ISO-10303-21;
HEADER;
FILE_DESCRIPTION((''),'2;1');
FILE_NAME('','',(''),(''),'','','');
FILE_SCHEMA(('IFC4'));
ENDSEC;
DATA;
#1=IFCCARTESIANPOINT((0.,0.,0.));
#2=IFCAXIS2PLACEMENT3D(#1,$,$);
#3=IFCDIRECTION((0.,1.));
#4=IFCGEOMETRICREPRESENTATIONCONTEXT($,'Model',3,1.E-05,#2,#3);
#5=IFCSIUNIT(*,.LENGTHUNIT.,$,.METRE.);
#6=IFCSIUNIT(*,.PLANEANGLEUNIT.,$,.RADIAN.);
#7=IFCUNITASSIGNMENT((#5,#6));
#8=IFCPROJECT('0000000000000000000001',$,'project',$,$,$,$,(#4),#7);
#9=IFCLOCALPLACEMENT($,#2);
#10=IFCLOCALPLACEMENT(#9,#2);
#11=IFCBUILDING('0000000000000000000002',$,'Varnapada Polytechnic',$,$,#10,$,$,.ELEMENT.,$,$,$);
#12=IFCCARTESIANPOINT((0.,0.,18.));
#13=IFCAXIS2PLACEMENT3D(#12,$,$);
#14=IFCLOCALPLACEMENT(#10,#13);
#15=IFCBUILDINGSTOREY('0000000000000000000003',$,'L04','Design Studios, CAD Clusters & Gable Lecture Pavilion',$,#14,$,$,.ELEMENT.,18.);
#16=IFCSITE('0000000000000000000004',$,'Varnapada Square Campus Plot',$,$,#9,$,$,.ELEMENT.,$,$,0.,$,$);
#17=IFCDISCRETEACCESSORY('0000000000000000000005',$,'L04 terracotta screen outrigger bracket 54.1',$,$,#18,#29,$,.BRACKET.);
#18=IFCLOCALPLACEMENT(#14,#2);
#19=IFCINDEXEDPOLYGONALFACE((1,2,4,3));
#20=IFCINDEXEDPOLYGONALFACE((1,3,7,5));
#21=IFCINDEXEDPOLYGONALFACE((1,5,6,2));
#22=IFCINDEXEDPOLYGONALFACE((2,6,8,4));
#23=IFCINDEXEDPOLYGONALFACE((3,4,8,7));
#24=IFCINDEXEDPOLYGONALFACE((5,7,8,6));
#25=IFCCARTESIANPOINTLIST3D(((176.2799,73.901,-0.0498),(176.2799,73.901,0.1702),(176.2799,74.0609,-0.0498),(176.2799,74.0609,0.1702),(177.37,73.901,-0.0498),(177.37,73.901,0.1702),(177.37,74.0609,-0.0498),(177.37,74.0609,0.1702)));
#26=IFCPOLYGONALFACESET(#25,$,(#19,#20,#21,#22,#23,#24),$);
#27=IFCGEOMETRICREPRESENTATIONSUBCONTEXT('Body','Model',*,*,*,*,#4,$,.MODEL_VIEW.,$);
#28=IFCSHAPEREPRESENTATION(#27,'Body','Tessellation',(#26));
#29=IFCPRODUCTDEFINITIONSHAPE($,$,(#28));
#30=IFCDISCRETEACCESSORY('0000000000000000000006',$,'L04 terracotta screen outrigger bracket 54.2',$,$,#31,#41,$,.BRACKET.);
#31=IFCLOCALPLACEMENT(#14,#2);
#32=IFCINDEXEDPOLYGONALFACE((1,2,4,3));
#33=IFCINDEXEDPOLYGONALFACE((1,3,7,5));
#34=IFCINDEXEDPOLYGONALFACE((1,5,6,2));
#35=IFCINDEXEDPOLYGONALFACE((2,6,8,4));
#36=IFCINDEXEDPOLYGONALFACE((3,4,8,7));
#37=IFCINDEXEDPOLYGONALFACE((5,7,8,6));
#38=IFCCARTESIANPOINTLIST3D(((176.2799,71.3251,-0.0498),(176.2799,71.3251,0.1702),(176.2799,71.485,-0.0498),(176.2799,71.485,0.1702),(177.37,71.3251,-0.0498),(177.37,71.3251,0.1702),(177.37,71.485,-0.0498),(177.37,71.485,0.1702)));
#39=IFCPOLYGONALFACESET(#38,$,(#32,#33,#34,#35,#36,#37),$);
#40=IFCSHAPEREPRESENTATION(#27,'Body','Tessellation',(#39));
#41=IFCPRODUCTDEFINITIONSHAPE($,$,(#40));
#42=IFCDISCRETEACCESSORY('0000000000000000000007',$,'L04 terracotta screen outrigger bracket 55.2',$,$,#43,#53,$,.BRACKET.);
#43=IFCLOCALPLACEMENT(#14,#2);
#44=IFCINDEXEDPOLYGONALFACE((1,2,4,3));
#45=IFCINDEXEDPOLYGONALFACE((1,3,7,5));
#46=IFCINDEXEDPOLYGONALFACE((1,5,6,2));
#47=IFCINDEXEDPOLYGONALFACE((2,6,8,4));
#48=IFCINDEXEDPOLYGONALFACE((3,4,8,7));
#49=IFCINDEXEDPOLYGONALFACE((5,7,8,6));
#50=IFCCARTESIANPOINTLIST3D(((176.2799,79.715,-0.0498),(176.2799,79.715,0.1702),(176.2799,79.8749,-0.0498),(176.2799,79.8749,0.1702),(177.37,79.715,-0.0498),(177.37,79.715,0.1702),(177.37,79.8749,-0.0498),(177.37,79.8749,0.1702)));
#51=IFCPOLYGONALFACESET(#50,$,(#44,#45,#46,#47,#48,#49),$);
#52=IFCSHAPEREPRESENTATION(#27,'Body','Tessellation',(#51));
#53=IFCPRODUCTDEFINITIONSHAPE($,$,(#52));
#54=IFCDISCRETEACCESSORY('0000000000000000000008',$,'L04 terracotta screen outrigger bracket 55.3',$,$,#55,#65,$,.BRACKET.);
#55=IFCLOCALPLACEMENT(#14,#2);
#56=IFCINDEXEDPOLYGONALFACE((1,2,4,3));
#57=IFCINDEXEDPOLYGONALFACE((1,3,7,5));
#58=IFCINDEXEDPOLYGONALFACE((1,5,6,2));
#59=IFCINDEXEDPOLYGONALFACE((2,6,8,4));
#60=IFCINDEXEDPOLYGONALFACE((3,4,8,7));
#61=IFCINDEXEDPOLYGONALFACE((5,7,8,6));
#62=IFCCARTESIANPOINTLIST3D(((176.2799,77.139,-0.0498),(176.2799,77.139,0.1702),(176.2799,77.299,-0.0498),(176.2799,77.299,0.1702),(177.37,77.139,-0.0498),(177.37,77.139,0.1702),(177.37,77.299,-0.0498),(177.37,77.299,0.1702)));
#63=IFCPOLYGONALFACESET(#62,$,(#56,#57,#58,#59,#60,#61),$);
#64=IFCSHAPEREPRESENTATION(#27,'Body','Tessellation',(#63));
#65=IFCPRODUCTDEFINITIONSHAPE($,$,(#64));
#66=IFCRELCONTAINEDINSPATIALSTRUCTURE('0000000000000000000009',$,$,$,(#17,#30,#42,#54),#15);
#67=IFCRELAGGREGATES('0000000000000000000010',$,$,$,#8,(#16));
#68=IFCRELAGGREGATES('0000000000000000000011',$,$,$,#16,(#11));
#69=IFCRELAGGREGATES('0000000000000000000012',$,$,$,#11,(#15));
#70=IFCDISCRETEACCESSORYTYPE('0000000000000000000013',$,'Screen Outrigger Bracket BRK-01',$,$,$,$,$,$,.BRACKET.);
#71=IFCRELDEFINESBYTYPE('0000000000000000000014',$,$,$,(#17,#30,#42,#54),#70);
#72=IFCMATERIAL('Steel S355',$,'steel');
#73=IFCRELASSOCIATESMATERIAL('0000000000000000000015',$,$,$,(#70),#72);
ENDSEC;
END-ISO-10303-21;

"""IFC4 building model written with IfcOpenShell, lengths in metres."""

from ifc_helpers import new_model, si_unit, direction, frame, origin, origin_2d, place, context, subcontext, project, spatial, rectangle, extrude, material, type_object, element, save


model = new_model("IFC4")

# Units and contexts
model_context = context("Model", 3, precision=1e-05, world=origin(), true_north=direction((0.0, 1.0)))
body_context = subcontext(model_context, "Body", "Model", "MODEL_VIEW")
ifc_project = project(units=[si_unit("LENGTHUNIT", "METRE"), si_unit("PLANEANGLEUNIT", "RADIAN")], contexts=[model_context])

# Site, building, storey
site_placement = place(None, origin())
site = spatial("IfcSite", under=ifc_project, at=site_placement, Name="Varnapada Square Campus Plot", CompositionType="ELEMENT", RefElevation=0.0)
building_placement = place(site_placement, origin())
building = spatial("IfcBuilding", under=site, at=building_placement, Name="Varnapada Polytechnic", CompositionType="ELEMENT")
storey_placement = place(building_placement, frame((0.0, 0.0, 18.0)))
storey = spatial("IfcBuildingStorey", under=building, at=storey_placement, Name="L04", Description="Design Studios, CAD Clusters & Gable Lecture Pavilion", CompositionType="ELEMENT", Elevation=18.0)

# Discrete accessories
ifc_material_1 = material(Name="Steel S355", Category="steel")
discrete_accessory_type = type_object("IfcDiscreteAccessoryType", Name="Screen Outrigger Bracket BRK-01", PredefinedType="BRACKET", material=ifc_material_1)
for number, where, z_axis, x_axis, name in (
    (1, (176.825, 73.981, -0.0498), (0.0, 0.0, 1.0), (0.0, -1.0, 0.0), "L04 terracotta screen outrigger bracket 54.1"),
    (2, (176.825, 71.405, -0.0498), (0.0, 0.0, 1.0), (0.0, -1.0, 0.0), "L04 terracotta screen outrigger bracket 54.2"),
    (3, (176.825, 79.7949, -0.0498), (0.0, 0.0, 1.0), (0.0, -1.0, 0.0), "L04 terracotta screen outrigger bracket 55.2"),
    (4, (176.825, 77.219, -0.0498), (0.0, 0.0, 1.0), (0.0, -1.0, 0.0), "L04 terracotta screen outrigger bracket 55.3"),
):
    element("IfcDiscreteAccessory", number, at=place(storey_placement, frame(where, z_axis=z_axis, x_axis=x_axis)), inside=storey, type_object=discrete_accessory_type, Name=name, PredefinedType="BRACKET", context=body_context, shape_type="SweptSolid", body=[
        extrude(rectangle(XDim=0.1599, YDim=1.0901, at=origin_2d()), origin(), (0.0, 0.0, 1.0), 0.22),
    ])

save(model, "model.ifc")
